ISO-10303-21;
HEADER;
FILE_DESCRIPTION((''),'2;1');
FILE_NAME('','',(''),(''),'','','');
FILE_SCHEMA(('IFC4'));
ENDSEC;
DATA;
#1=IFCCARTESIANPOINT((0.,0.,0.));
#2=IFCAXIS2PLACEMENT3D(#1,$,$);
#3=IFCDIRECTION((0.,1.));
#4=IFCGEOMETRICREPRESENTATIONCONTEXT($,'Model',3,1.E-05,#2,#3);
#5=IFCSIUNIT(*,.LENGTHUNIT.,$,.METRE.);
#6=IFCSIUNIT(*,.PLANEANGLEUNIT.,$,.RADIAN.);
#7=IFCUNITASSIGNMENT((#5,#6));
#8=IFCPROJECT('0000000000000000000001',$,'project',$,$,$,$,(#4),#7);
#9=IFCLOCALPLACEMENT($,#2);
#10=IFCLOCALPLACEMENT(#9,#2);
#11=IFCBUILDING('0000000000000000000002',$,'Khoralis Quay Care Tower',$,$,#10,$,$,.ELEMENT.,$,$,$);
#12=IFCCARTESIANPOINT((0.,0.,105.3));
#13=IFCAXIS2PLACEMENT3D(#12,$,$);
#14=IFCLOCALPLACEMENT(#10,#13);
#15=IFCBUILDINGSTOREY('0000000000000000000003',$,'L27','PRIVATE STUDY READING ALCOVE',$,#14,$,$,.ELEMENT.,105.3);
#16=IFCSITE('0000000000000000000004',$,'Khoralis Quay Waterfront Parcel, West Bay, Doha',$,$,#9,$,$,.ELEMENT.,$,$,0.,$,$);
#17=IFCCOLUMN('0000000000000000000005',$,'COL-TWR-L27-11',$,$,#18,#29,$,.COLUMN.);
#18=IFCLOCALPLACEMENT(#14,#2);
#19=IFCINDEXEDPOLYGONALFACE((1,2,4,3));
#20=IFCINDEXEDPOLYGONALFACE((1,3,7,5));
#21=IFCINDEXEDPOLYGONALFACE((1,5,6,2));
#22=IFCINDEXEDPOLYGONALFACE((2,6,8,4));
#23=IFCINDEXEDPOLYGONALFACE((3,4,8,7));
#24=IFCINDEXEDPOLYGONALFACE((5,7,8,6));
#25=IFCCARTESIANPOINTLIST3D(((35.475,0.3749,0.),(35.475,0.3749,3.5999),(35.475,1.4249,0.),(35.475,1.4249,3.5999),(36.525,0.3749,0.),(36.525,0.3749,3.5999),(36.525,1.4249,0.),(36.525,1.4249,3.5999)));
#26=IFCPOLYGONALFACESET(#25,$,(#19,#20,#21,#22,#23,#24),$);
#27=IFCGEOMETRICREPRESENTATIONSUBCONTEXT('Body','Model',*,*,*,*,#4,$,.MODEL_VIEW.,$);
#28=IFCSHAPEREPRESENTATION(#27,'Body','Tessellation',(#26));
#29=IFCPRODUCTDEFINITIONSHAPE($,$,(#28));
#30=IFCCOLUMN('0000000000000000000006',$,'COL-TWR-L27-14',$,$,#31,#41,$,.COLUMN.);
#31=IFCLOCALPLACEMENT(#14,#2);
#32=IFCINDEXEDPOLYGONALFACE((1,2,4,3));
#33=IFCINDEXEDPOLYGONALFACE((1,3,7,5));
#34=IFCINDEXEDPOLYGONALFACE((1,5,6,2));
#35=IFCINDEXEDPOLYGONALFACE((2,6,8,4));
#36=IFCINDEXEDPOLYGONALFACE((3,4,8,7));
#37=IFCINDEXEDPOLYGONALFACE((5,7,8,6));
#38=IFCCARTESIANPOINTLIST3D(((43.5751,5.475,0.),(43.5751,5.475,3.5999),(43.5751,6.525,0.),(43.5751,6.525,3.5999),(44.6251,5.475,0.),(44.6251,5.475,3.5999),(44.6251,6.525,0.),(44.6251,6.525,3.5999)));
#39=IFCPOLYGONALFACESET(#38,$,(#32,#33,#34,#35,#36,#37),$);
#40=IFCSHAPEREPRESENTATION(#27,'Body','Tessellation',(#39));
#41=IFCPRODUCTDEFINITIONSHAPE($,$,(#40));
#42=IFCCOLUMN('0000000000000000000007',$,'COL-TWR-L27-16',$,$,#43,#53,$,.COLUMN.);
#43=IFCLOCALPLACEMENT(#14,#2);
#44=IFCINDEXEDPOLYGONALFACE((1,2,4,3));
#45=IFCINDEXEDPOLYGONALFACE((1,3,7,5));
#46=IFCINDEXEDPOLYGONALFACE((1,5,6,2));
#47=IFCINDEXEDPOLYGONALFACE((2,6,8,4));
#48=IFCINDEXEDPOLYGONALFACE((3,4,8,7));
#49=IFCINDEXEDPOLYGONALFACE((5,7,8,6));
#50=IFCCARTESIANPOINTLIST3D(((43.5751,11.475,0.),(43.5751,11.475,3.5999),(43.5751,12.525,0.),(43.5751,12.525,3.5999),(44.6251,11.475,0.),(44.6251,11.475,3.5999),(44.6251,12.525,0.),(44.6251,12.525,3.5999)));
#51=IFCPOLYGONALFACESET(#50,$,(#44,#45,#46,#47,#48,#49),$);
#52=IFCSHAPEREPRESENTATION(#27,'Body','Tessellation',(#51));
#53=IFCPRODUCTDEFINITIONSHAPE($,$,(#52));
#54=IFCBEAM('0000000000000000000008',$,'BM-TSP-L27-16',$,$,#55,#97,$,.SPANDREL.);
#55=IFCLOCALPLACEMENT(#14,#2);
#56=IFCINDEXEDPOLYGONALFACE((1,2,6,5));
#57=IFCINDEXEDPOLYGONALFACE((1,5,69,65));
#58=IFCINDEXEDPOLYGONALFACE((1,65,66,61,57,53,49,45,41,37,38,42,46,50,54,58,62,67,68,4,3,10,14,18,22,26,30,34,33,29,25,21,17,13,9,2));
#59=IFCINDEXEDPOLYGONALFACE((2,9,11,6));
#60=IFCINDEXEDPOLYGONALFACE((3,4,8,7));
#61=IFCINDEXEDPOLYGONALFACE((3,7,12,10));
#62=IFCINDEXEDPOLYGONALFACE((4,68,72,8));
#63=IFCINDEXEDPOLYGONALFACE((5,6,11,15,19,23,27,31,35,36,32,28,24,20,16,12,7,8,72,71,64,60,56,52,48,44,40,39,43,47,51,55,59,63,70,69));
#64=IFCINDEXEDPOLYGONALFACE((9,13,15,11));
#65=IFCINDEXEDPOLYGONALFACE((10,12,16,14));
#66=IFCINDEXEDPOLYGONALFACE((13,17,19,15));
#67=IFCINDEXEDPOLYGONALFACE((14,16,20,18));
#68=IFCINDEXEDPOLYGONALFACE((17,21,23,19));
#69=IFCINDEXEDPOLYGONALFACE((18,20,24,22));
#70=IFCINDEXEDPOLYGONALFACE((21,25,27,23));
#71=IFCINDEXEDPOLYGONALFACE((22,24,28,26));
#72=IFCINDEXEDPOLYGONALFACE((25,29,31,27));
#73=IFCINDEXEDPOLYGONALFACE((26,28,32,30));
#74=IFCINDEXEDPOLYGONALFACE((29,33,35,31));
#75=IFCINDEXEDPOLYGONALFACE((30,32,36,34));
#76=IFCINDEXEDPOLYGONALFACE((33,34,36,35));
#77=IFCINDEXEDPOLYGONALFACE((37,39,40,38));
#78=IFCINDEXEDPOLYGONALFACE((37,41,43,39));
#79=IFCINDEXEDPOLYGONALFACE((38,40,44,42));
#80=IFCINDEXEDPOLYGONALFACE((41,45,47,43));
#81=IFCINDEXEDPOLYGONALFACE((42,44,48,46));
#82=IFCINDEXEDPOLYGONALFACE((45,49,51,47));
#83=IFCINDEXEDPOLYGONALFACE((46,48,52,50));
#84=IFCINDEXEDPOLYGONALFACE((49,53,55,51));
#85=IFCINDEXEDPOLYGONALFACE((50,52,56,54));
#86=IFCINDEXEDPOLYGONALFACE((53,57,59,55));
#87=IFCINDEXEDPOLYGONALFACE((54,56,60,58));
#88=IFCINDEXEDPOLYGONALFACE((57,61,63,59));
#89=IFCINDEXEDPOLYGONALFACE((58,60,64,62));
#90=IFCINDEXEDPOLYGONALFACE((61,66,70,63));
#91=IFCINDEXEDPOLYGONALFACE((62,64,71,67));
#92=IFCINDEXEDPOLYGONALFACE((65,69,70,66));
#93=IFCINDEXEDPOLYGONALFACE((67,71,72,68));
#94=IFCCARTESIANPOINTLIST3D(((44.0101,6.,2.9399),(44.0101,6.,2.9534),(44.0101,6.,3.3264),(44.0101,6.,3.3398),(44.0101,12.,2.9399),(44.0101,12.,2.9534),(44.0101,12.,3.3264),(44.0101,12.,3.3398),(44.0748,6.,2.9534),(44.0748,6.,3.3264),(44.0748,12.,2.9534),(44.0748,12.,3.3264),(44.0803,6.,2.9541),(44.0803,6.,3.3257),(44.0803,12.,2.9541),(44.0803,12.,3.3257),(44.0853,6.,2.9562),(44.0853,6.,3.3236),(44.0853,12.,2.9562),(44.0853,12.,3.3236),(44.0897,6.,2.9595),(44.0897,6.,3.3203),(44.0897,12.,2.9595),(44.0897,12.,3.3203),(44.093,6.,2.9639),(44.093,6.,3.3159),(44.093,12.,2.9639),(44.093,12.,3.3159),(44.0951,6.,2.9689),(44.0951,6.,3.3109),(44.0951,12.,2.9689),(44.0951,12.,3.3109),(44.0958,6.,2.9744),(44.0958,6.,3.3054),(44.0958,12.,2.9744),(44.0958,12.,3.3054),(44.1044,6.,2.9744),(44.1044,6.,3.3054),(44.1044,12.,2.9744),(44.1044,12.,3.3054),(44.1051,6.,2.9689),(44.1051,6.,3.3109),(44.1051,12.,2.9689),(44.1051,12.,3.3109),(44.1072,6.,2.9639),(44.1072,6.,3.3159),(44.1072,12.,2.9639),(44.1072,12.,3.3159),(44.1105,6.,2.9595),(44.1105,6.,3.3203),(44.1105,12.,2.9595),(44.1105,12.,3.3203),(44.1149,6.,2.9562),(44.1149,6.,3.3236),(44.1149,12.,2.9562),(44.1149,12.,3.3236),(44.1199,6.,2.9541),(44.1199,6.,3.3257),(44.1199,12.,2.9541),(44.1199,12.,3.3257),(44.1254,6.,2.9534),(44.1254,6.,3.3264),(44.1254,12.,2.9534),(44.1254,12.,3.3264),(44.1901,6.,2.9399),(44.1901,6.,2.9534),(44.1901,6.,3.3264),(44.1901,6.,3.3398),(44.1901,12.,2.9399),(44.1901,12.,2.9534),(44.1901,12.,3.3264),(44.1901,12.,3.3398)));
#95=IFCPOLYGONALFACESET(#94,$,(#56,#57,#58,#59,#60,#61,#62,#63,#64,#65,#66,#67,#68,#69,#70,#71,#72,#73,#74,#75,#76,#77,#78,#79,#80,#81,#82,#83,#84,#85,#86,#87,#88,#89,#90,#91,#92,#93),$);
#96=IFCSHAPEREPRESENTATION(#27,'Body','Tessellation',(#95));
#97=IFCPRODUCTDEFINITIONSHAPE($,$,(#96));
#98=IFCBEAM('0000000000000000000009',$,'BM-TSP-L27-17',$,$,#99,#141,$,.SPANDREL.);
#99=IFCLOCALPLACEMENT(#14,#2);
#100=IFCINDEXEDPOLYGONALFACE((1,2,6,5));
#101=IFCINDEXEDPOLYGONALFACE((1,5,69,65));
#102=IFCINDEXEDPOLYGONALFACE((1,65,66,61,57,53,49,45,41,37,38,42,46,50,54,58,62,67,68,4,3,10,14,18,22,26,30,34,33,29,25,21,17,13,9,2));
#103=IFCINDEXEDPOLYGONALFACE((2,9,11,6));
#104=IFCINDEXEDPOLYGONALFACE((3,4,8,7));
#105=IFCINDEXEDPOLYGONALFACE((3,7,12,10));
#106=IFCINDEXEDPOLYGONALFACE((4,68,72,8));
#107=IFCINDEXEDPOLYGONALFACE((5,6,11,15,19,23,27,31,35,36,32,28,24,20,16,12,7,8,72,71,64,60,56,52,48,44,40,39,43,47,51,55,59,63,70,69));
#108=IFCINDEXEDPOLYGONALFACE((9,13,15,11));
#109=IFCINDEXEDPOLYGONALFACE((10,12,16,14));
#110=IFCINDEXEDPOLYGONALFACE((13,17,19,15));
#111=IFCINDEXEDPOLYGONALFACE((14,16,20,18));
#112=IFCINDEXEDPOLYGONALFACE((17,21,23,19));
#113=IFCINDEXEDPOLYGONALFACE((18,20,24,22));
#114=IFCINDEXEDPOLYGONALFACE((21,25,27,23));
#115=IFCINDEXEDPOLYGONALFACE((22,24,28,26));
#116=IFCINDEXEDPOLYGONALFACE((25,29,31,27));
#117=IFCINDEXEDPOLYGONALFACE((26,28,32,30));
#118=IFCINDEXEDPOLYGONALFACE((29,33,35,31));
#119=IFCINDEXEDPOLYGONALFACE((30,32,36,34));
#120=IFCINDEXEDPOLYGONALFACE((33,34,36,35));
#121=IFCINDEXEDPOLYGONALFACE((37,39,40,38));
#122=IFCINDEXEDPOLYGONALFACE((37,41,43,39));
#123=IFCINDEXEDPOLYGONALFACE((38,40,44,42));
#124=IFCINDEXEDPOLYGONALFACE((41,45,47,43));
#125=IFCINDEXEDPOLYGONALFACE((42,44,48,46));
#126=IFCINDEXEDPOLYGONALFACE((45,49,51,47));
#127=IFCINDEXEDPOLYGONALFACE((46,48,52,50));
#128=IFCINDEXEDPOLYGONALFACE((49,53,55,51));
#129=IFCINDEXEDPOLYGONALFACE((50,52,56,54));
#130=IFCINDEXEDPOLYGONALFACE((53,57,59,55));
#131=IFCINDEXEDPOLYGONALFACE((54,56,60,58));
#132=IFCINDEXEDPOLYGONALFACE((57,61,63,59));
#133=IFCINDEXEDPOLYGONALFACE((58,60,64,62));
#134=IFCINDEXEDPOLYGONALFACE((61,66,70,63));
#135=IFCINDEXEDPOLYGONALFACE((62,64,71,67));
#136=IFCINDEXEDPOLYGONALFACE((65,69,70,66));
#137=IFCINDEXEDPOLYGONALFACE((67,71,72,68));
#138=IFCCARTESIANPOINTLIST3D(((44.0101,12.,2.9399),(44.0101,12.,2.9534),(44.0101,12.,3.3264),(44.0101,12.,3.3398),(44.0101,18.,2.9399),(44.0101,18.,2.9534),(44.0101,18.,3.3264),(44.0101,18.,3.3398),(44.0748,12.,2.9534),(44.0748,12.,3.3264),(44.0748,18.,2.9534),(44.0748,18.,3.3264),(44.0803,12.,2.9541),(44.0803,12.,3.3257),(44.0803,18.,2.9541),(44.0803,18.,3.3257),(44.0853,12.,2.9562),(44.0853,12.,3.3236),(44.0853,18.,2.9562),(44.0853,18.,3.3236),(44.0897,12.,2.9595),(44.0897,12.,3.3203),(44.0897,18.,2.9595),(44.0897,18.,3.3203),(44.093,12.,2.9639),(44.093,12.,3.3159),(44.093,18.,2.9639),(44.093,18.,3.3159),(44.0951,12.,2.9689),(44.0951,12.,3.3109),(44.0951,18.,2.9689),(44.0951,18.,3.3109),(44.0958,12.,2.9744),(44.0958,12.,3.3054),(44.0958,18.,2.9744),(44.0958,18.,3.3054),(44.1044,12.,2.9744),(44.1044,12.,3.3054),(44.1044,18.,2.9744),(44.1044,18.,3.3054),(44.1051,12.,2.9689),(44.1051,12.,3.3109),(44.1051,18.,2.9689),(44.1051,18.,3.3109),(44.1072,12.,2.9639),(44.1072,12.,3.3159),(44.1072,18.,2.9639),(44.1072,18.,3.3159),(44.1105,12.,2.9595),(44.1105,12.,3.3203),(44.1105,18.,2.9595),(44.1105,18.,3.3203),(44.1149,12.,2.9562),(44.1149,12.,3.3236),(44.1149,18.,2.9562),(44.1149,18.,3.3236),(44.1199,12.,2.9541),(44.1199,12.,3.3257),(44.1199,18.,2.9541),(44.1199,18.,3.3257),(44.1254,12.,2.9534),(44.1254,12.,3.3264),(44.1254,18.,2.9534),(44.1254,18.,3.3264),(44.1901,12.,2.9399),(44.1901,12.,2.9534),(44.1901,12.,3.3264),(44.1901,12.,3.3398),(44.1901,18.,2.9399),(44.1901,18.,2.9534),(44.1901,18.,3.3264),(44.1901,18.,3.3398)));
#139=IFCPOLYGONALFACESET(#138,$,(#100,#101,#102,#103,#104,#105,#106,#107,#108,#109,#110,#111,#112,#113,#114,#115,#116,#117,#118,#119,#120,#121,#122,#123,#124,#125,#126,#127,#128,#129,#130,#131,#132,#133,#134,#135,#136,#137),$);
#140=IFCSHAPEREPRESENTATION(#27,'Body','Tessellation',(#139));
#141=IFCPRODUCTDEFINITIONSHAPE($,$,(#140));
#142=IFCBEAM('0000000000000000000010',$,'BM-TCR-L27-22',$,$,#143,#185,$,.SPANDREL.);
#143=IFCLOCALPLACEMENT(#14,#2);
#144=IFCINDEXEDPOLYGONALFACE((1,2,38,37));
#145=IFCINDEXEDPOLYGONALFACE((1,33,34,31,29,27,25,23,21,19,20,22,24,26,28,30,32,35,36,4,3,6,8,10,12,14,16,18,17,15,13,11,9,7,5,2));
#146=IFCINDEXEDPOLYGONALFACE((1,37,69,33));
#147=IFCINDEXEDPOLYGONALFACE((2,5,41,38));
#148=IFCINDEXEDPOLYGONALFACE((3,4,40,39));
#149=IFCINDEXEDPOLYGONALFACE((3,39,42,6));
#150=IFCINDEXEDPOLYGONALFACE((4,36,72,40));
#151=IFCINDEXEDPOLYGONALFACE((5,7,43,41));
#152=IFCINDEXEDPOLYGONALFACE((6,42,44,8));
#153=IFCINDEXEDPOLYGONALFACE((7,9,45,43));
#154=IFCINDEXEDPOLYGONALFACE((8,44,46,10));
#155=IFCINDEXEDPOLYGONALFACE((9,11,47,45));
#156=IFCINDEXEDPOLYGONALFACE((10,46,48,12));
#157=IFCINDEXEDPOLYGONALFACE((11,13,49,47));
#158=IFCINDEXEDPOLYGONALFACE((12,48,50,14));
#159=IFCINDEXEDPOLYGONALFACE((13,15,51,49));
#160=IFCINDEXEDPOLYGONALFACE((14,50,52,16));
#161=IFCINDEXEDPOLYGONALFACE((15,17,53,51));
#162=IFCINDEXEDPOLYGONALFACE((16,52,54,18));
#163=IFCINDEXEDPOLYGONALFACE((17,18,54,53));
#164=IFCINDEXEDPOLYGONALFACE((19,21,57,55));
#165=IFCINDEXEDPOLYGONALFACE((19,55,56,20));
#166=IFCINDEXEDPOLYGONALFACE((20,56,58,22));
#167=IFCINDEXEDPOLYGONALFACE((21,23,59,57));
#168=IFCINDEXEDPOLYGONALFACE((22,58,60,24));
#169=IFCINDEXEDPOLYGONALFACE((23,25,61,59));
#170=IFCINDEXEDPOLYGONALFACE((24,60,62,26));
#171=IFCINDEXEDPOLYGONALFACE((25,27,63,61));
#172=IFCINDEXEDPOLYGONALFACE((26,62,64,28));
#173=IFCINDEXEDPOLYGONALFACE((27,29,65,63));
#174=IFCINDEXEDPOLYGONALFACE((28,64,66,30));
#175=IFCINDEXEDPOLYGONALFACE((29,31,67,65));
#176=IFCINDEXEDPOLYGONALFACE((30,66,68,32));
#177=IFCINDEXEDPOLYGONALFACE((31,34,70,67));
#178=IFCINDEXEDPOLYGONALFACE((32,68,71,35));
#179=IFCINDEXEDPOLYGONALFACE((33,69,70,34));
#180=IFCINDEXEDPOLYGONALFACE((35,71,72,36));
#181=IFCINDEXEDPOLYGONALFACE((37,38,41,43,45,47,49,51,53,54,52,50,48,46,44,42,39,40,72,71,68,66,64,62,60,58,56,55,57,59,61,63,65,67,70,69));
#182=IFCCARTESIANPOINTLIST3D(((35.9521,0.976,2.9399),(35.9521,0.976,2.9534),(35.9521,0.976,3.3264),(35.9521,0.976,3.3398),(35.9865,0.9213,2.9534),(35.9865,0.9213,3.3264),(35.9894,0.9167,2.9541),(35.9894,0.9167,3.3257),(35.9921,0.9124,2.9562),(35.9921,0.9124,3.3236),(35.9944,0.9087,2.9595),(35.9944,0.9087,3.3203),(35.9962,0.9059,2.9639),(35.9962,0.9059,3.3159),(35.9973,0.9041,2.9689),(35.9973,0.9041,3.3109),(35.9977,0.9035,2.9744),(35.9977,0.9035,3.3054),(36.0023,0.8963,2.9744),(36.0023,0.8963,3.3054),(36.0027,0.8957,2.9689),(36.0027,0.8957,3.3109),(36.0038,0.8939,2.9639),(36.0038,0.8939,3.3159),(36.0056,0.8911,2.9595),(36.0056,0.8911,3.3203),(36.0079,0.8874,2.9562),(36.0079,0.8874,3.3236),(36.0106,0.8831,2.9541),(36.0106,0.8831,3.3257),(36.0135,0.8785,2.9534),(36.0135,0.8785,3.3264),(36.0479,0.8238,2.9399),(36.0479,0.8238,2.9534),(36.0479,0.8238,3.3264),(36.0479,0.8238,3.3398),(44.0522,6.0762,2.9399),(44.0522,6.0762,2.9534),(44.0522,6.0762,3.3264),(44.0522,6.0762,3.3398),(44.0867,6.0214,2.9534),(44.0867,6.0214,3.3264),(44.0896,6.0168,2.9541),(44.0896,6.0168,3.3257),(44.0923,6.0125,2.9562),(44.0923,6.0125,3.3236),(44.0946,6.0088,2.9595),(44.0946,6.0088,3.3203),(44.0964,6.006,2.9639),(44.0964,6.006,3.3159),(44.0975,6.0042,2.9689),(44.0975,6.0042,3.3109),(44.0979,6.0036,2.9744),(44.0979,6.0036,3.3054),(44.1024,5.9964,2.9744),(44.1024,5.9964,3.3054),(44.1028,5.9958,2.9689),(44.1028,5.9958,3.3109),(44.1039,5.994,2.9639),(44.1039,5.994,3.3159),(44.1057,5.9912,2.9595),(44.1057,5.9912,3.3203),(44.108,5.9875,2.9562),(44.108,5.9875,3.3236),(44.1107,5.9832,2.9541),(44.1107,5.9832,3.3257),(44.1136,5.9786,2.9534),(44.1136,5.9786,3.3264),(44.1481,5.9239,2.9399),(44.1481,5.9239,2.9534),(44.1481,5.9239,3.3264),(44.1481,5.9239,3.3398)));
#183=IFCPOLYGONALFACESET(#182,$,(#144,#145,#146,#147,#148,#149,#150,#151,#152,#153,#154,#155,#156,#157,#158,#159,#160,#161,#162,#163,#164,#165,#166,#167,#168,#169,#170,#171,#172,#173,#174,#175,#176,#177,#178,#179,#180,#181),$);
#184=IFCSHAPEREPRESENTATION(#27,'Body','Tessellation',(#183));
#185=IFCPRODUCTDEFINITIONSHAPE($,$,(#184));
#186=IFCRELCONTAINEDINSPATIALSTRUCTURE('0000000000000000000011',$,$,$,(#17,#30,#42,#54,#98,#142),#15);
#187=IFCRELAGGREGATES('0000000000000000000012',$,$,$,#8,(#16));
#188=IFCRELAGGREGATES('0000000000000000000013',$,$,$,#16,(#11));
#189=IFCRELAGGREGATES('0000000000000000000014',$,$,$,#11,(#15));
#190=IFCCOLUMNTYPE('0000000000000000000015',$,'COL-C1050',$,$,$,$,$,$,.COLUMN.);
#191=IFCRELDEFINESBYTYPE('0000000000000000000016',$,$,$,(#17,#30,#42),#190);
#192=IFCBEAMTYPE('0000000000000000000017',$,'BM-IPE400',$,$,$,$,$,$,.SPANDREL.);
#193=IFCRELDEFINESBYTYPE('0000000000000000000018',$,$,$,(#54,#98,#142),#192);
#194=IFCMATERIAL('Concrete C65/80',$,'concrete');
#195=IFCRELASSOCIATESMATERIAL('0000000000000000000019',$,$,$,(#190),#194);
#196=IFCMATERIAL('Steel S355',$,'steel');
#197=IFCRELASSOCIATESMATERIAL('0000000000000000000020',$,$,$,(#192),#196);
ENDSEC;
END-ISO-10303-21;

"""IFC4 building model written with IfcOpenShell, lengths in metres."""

from ifc_helpers import new_model, si_unit, direction, frame, origin, origin_2d, place, context, subcontext, project, spatial, rectangle, i_section, extrude, source, transform, mapped, material, material_profile, profile_set, type_object, element, save


model = new_model("IFC4")

# Units and contexts
model_context = context("Model", 3, precision=1e-05, world=origin(), true_north=direction((0.0, 1.0)))
body_context = subcontext(model_context, "Body", "Model", "MODEL_VIEW")
ifc_project = project(units=[si_unit("LENGTHUNIT", "METRE"), si_unit("PLANEANGLEUNIT", "RADIAN")], contexts=[model_context])

# Site, building, storey
site_placement = place(None, origin())
site = spatial("IfcSite", under=ifc_project, at=site_placement, Name="Khoralis Quay Waterfront Parcel, West Bay, Doha", CompositionType="ELEMENT", RefElevation=0.0)
building_placement = place(site_placement, origin())
building = spatial("IfcBuilding", under=site, at=building_placement, Name="Khoralis Quay Care Tower", CompositionType="ELEMENT")
storey_placement = place(building_placement, frame((0.0, 0.0, 105.3)))
storey = spatial("IfcBuildingStorey", under=building, at=storey_placement, Name="L27", Description="PRIVATE STUDY READING ALCOVE", CompositionType="ELEMENT", Elevation=105.3)

# Columns
ifc_material_1 = material(Name="Concrete C65/80", Category="concrete")
ifc_material_profile_1 = material_profile(ifc_material_1, rectangle(XDim=1.05, YDim=1.05, at=origin_2d()), Name="Concrete C65/80")
ifc_profile_set_1 = profile_set([ifc_material_profile_1], Name="Concrete C65/80")
column_type = type_object("IfcColumnType", Name="COL-C1050", PredefinedType="COLUMN", material=ifc_profile_set_1)
shared_shape_1 = source(origin(), body_context, "Body", "SweptSolid", [
    extrude(rectangle(XDim=1.05, YDim=1.05, at=origin_2d()), origin(), (0.0, 0.0, 1.0), 3.5999),
])
for number, where, z_axis, x_axis, name in (
    (1, (36.0, 0.8999, 0.0), (0.0, 0.0, 1.0), (1.0, 0.0, 0.0), "COL-TWR-L27-11"),
    (2, (44.1001, 6.0, 0.0), (0.0, 0.0, 1.0), (1.0, 0.0, 0.0), "COL-TWR-L27-14"),
    (3, (44.1001, 12.0, 0.0), (0.0, 0.0, 1.0), (1.0, 0.0, 0.0), "COL-TWR-L27-16"),
):
    element("IfcColumn", number, at=place(storey_placement, frame(where, z_axis=z_axis, x_axis=x_axis)), inside=storey, type_object=column_type, Name=name, PredefinedType="COLUMN", context=body_context, shape_type="MappedRepresentation", body=[
        mapped(shared_shape_1, transform((0.0, 0.0, 0.0), scale=1.0)),
    ])

# Beams
ifc_material_2 = material(Name="Steel S355", Category="steel")
ifc_material_profile_2 = material_profile(ifc_material_2, i_section(OverallWidth=0.1799, OverallDepth=0.3999, WebThickness=0.0085, FlangeThickness=0.0134, FilletRadius=0.021, at=origin_2d()), Name="Steel S355")
ifc_profile_set_2 = profile_set([ifc_material_profile_2], Name="Steel S355")
beam_type_1 = type_object("IfcBeamType", Name="BM-IPE400", PredefinedType="SPANDREL", material=ifc_profile_set_2)
shared_shape_2 = source(origin(), body_context, "Body", "SweptSolid", [
    extrude(i_section(OverallWidth=0.1799, OverallDepth=0.3999, WebThickness=0.0085, FlangeThickness=0.0134, FilletRadius=0.021, at=origin_2d()), origin(), (0.0, 0.0, 1.0), 6.0),
])
for number, where, z_axis, x_axis, name in (
    (4, (44.1001, 6.0, 3.1399), (0.0, 1.0, 0.0), (-1.0, 0.0, 0.0), "BM-TSP-L27-16"),
    (5, (44.1001, 12.0, 3.1399), (0.0, 1.0, 0.0), (-1.0, 0.0, 0.0), "BM-TSP-L27-17"),
):
    element("IfcBeam", number, at=place(storey_placement, frame(where, z_axis=z_axis, x_axis=x_axis)), inside=storey, type_object=beam_type_1, Name=name, PredefinedType="SPANDREL", context=body_context, shape_type="MappedRepresentation", body=[
        mapped(shared_shape_2, transform((0.0, 0.0, 0.0), scale=1.0)),
    ])
shared_shape_3 = source(origin(), body_context, "Body", "SweptSolid", [
    extrude(i_section(OverallWidth=0.1799, OverallDepth=0.3999, WebThickness=0.0085, FlangeThickness=0.0134, FilletRadius=0.021, at=origin_2d()), origin(), (0.0, 0.0, 1.0), 9.572),
])
beam_1_placement = place(storey_placement, frame((36.0, 0.8999, 3.1399), z_axis=(0.846231, 0.532816, 0.0), x_axis=(-0.532816, 0.846231, 0.0)))
element("IfcBeam", 6, at=beam_1_placement, inside=storey, type_object=beam_type_1, Name="BM-TCR-L27-22", PredefinedType="SPANDREL", context=body_context, shape_type="MappedRepresentation", body=[
    mapped(shared_shape_3, transform((0.0, 0.0, 0.0), scale=1.0)),
])

save(model, "model.ifc")
